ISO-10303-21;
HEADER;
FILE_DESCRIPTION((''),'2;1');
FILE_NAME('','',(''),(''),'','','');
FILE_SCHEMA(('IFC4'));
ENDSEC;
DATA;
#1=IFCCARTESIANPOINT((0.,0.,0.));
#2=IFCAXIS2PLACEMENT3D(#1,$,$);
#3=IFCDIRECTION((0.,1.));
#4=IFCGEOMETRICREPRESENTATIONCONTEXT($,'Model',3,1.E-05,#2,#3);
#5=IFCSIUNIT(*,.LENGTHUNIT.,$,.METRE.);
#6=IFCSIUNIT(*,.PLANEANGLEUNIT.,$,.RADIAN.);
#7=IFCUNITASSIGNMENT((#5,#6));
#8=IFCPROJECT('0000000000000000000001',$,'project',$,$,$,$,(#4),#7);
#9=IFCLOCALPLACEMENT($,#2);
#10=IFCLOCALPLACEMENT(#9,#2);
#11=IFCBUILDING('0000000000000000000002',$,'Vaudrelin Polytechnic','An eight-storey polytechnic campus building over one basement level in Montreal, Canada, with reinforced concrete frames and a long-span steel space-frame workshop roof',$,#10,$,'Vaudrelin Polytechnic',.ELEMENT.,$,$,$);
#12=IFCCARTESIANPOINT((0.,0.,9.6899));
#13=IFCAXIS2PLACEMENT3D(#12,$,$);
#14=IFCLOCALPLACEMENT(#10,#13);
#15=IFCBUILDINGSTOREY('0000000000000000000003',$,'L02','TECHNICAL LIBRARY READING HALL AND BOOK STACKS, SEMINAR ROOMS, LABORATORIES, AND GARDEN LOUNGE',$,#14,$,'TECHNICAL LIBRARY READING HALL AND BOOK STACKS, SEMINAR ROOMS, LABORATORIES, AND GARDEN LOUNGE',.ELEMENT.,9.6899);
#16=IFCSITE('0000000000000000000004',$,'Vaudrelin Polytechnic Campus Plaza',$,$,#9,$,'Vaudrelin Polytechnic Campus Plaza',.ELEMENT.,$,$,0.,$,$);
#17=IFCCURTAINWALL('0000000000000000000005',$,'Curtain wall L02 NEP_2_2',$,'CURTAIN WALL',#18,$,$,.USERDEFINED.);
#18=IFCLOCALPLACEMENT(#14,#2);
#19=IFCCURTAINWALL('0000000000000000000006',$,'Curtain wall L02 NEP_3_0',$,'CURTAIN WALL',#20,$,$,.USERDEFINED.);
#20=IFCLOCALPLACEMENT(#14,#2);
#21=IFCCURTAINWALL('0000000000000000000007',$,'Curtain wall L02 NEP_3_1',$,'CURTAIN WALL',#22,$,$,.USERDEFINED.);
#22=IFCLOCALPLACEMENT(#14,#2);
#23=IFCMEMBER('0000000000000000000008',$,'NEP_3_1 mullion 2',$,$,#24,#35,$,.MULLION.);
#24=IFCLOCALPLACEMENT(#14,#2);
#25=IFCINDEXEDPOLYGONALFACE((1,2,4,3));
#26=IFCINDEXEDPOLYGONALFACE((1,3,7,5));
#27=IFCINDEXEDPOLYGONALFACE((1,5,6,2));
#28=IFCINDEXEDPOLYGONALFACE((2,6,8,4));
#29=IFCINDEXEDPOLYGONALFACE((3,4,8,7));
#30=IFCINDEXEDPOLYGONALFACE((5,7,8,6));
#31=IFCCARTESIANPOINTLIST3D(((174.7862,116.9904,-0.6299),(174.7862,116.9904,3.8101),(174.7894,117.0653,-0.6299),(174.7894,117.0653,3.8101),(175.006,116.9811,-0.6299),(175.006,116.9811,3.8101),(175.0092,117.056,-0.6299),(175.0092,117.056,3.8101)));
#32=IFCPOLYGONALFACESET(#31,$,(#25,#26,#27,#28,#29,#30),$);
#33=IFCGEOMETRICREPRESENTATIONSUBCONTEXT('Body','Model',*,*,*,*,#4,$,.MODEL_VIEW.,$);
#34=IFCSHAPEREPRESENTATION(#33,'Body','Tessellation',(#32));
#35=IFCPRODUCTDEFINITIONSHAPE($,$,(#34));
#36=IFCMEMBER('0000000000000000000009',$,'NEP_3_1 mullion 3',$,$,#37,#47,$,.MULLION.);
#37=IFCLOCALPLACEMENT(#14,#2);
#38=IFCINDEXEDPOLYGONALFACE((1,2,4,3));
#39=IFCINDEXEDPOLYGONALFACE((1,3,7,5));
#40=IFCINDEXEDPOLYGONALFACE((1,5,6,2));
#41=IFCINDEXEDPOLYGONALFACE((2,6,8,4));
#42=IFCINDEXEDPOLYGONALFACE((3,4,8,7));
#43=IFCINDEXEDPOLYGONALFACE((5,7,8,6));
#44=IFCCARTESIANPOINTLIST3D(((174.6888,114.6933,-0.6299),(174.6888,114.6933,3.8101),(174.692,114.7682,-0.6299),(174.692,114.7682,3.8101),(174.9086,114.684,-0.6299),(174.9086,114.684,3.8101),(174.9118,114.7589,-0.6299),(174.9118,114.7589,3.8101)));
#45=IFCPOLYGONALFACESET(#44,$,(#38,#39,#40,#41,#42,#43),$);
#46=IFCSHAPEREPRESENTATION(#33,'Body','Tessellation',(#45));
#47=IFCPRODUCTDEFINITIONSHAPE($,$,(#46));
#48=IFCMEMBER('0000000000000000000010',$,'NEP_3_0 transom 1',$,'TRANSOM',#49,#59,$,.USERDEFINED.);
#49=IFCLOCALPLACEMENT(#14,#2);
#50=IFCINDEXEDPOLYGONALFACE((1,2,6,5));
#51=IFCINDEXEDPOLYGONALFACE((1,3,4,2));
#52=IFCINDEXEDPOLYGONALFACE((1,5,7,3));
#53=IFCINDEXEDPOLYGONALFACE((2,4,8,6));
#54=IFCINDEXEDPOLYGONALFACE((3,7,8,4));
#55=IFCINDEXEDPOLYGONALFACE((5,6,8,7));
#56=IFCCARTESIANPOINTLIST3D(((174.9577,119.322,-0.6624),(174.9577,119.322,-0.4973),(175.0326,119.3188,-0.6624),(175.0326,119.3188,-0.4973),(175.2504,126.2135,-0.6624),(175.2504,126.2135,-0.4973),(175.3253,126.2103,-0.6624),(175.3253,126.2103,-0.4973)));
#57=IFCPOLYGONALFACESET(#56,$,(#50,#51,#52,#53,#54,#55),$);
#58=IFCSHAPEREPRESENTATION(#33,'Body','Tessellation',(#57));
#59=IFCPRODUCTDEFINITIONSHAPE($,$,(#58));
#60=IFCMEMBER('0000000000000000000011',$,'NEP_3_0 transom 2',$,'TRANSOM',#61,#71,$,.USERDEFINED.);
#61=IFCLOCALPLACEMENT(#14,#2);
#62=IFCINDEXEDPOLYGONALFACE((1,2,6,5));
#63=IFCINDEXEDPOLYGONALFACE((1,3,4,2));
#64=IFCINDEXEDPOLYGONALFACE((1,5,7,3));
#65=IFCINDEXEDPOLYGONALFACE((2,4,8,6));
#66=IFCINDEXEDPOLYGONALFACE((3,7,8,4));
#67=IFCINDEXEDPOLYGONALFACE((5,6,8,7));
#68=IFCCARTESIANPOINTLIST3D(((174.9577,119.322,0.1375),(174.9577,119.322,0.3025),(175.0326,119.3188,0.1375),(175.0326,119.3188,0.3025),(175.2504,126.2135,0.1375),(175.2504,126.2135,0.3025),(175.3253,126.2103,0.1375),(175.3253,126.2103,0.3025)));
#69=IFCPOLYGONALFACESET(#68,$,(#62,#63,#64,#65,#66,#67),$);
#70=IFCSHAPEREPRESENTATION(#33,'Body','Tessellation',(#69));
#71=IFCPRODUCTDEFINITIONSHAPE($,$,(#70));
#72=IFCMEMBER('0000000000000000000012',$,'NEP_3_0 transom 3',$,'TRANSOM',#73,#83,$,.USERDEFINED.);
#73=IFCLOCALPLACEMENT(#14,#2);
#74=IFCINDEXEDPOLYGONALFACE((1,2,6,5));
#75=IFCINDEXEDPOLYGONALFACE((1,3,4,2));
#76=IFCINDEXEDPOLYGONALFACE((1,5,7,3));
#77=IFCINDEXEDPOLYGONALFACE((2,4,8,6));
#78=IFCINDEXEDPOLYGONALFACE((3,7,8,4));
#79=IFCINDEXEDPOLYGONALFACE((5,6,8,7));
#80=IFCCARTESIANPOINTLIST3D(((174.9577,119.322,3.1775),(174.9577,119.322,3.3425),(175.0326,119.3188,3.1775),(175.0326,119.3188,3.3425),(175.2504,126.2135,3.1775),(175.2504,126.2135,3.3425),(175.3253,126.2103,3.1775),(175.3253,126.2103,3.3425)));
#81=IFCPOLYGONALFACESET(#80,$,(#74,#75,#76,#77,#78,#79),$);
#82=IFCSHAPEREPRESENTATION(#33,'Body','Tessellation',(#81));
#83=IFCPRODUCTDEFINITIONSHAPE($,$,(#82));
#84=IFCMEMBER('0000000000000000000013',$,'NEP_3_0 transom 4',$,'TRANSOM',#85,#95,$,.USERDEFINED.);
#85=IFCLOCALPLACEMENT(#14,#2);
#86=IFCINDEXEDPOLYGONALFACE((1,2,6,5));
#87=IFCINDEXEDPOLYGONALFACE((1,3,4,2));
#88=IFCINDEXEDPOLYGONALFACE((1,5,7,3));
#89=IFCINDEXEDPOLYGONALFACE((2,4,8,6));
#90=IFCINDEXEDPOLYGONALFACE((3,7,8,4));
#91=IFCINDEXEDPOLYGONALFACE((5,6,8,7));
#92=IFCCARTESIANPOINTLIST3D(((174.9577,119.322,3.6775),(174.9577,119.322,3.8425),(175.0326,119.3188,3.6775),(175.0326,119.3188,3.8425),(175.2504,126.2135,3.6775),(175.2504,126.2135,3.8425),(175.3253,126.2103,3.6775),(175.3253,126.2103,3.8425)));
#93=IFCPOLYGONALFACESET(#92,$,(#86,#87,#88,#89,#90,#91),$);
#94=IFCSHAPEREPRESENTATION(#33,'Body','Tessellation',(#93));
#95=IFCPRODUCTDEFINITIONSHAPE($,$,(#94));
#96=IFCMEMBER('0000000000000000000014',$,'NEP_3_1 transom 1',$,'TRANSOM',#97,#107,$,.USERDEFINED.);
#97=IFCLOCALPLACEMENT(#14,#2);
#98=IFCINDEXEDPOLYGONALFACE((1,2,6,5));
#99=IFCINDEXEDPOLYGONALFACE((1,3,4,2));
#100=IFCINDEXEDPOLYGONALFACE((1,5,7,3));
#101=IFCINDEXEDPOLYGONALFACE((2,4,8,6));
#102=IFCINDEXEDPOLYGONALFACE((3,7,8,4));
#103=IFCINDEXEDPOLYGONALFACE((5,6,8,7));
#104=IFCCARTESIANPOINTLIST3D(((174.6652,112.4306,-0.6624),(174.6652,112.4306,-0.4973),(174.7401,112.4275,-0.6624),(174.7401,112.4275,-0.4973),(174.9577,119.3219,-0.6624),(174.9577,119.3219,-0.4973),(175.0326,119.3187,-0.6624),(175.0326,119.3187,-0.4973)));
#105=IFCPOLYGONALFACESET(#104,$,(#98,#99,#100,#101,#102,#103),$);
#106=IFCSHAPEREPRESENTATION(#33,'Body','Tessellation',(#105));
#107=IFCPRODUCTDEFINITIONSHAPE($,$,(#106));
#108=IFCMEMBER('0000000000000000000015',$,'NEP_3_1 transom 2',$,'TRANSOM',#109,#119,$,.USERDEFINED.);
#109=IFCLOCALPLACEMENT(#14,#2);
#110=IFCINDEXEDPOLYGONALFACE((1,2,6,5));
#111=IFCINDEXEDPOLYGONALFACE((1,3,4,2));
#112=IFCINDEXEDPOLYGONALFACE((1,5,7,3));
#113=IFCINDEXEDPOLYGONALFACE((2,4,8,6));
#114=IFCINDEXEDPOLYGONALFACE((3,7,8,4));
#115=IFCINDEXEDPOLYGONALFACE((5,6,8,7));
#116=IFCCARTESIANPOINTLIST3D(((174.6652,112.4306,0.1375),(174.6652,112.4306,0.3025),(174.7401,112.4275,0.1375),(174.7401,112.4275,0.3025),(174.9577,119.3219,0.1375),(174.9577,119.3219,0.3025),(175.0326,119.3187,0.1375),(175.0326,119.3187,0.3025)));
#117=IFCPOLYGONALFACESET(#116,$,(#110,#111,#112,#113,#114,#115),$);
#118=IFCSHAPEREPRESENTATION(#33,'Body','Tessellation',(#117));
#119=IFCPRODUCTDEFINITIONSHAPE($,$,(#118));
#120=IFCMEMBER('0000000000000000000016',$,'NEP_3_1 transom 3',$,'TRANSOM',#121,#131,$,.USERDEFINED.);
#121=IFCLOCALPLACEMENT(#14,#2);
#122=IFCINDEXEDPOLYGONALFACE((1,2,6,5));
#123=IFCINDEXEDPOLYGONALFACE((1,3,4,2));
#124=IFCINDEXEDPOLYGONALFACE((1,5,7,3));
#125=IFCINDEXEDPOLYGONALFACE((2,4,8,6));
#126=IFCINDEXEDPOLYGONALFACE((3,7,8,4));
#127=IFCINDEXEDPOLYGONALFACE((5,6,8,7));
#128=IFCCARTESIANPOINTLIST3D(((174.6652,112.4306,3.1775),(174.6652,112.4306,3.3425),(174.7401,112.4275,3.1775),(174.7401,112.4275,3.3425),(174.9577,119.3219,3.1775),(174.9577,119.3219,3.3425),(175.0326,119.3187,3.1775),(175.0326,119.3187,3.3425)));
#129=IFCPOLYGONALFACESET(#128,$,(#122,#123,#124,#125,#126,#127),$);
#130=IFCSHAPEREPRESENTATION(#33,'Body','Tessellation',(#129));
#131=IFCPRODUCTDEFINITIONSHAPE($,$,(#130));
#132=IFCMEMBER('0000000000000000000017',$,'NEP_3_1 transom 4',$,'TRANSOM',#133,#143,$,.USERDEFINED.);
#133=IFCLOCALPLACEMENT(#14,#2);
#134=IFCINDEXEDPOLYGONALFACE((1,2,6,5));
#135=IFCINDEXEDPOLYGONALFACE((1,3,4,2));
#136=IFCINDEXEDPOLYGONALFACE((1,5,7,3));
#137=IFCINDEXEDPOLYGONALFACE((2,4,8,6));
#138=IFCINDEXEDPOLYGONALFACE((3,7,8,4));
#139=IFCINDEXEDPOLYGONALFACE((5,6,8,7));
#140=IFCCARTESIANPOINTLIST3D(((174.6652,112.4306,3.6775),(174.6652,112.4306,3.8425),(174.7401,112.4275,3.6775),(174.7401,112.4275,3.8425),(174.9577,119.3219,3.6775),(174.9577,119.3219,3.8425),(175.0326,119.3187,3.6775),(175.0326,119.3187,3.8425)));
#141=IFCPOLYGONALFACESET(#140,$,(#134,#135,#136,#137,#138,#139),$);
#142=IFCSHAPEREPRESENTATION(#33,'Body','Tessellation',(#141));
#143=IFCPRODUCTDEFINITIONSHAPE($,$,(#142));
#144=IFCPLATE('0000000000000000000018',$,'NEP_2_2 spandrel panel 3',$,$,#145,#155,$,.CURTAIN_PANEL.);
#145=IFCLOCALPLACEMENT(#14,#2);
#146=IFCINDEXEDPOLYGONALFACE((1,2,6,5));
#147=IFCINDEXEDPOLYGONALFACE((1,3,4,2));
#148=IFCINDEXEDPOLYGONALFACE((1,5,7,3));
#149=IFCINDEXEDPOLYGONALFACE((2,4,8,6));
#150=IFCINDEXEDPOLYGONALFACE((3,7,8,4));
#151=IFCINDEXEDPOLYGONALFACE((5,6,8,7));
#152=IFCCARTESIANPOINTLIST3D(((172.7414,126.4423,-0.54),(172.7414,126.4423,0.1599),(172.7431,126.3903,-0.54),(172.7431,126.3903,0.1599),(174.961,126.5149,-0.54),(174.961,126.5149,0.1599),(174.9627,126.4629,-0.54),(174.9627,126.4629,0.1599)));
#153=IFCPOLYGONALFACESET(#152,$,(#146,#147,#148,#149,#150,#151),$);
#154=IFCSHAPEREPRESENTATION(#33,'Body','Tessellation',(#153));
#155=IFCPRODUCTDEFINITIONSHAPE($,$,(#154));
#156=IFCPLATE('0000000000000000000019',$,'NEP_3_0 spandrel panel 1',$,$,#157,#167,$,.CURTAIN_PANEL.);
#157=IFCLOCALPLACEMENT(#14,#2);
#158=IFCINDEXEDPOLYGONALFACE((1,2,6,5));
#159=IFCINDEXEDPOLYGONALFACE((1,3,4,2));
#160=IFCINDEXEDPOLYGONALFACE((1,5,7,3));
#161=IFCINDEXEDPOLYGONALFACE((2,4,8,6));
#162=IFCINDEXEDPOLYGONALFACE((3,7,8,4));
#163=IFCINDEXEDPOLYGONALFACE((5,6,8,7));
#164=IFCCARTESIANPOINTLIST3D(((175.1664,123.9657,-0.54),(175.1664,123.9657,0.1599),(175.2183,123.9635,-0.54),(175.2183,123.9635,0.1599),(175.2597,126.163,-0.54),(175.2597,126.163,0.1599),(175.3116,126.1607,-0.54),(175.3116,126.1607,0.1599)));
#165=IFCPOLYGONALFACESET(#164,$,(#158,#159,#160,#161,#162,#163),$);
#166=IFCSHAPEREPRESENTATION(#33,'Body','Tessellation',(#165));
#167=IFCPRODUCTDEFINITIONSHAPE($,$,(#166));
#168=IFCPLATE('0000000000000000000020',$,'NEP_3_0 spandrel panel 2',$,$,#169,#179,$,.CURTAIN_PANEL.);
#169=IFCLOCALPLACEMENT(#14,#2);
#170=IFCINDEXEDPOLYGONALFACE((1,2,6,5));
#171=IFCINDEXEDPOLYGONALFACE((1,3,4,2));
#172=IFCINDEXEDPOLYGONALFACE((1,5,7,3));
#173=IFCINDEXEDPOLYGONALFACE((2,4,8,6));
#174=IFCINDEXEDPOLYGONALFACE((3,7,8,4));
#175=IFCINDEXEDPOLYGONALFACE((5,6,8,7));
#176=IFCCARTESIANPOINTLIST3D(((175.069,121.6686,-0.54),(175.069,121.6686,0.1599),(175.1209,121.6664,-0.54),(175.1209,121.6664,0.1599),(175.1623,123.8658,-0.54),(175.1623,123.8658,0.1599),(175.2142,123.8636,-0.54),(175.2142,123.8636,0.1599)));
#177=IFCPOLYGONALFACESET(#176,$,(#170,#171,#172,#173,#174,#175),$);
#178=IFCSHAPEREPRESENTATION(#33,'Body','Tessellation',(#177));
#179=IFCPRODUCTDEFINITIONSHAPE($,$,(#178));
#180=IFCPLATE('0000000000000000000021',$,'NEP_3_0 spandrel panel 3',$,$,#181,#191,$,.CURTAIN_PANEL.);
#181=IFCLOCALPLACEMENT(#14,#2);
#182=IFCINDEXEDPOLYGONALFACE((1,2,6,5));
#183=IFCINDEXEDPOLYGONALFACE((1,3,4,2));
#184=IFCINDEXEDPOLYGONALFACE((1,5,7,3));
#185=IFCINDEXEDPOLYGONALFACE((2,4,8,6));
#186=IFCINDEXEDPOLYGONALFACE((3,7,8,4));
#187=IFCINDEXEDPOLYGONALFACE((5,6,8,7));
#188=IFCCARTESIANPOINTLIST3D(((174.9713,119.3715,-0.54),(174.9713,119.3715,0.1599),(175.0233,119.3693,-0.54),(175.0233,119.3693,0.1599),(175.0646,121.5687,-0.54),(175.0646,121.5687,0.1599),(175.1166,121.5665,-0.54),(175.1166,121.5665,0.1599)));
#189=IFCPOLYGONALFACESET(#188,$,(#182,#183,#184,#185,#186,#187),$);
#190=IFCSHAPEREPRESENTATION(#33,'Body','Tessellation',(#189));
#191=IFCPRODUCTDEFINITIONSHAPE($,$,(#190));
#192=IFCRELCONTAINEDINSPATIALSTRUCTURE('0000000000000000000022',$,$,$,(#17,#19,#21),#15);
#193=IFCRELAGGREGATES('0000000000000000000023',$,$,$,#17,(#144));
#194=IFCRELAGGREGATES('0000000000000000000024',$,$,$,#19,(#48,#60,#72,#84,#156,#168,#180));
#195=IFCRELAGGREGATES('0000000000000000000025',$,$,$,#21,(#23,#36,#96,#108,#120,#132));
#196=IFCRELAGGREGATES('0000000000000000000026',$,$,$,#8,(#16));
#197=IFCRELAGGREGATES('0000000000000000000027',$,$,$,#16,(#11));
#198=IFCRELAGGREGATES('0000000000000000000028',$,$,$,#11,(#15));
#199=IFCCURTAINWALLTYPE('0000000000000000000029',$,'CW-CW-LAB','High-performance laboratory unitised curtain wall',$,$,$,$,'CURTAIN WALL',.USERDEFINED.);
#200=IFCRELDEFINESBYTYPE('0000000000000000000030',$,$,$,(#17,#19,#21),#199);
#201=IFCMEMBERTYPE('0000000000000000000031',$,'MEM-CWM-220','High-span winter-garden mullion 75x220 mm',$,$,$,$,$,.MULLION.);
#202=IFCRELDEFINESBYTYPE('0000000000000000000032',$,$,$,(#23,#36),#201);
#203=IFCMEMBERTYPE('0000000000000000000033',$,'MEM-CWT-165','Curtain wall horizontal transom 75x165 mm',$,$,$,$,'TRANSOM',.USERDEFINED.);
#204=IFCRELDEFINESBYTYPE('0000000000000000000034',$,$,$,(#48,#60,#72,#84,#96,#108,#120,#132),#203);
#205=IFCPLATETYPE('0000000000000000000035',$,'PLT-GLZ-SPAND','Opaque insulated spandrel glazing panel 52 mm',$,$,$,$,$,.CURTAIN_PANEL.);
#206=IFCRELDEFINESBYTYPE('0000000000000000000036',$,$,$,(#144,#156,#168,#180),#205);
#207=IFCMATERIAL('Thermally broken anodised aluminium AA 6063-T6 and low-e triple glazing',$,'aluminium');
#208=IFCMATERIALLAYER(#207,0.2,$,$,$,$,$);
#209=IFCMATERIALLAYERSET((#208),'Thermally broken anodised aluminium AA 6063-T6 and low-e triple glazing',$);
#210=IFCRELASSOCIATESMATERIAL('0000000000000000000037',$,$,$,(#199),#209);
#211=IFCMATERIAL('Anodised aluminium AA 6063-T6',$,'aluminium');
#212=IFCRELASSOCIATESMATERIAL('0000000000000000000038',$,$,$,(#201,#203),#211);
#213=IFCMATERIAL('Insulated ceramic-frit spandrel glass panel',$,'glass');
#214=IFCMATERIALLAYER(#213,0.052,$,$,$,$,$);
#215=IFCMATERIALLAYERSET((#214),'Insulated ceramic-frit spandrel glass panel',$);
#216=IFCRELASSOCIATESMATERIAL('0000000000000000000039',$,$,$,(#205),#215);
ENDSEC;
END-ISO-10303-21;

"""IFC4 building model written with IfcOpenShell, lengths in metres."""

from ifc_helpers import new_model, si_unit, direction, frame, origin, origin_2d, place, context, subcontext, project, spatial, rectangle, extrude, material, layer, layer_set, material_profile, profile_set, type_object, element, aggregate, save


model = new_model("IFC4")

# Units and contexts
model_context = context("Model", 3, precision=1e-05, world=origin(), true_north=direction((0.0, 1.0)))
body_context = subcontext(model_context, "Body", "Model", "MODEL_VIEW")
ifc_project = project(units=[si_unit("LENGTHUNIT", "METRE"), si_unit("PLANEANGLEUNIT", "RADIAN")], contexts=[model_context])

# Site, building, storey
site_placement = place(None, origin())
site = spatial("IfcSite", under=ifc_project, at=site_placement, Name="Vaudrelin Polytechnic Campus Plaza", LongName="Vaudrelin Polytechnic Campus Plaza", CompositionType="ELEMENT", RefElevation=0.0)
building_placement = place(site_placement, origin())
building = spatial("IfcBuilding", under=site, at=building_placement, Name="Vaudrelin Polytechnic", Description="An eight-storey polytechnic campus building over one basement level in Montreal, Canada, with reinforced concrete frames and a long-span steel space-frame workshop roof", LongName="Vaudrelin Polytechnic", CompositionType="ELEMENT")
storey_placement = place(building_placement, frame((0.0, 0.0, 9.6899)))
storey = spatial("IfcBuildingStorey", under=building, at=storey_placement, Name="L02", Description="TECHNICAL LIBRARY READING HALL AND BOOK STACKS, SEMINAR ROOMS, LABORATORIES, AND GARDEN LOUNGE", LongName="TECHNICAL LIBRARY READING HALL AND BOOK STACKS, SEMINAR ROOMS, LABORATORIES, AND GARDEN LOUNGE", CompositionType="ELEMENT", Elevation=9.6899)

# Curtain wall
ifc_material_1 = material(Name="Thermally broken anodised aluminium AA 6063-T6 and low-e triple glazing", Category="aluminium")
ifc_layer_1 = layer(ifc_material_1, 0.2)
ifc_layer_set_1 = layer_set([ifc_layer_1], Name="Thermally broken anodised aluminium AA 6063-T6 and low-e triple glazing")
curtain_wall_type = type_object("IfcCurtainWallType", Name="CW-CW-LAB", Description="High-performance laboratory unitised curtain wall", ElementType="CURTAIN WALL", PredefinedType="USERDEFINED", material=ifc_layer_set_1)
curtain_wall_1_placement = place(storey_placement, origin())
curtain_wall_1 = element("IfcCurtainWall", 1, at=curtain_wall_1_placement, inside=storey, type_object=curtain_wall_type, Name="Curtain wall L02 NEP_2_2", ObjectType="CURTAIN WALL", PredefinedType="USERDEFINED")
ifc_material_2 = material(Name="Anodised aluminium AA 6063-T6", Category="aluminium")
ifc_material_profile_1 = material_profile(ifc_material_2, rectangle(XDim=0.075, YDim=0.22, at=origin_2d()), Name="CWM-75x220")
ifc_profile_set_1 = profile_set([ifc_material_profile_1], Name="Anodised aluminium AA 6063-T6")
member_type_1 = type_object("IfcMemberType", Name="MEM-CWM-220", Description="High-span winter-garden mullion 75x220 mm", PredefinedType="MULLION", material=ifc_profile_set_1)

# Curtain walls, members
curtain_wall_2_placement = place(storey_placement, origin())
curtain_wall_2 = element("IfcCurtainWall", 2, at=curtain_wall_2_placement, inside=storey, type_object=curtain_wall_type, Name="Curtain wall L02 NEP_3_0", ObjectType="CURTAIN WALL", PredefinedType="USERDEFINED")
curtain_wall_3_placement = place(storey_placement, origin())
curtain_wall_3 = element("IfcCurtainWall", 3, at=curtain_wall_3_placement, inside=storey, type_object=curtain_wall_type, Name="Curtain wall L02 NEP_3_1", ObjectType="CURTAIN WALL", PredefinedType="USERDEFINED")
member_1_placement = place(storey_placement, frame((174.8977, 117.0232, -0.6299), z_axis=(0.0, 0.0, 1.0), x_axis=(-0.042405, -0.9991, 0.0)))
member_1 = element("IfcMember", 4, at=member_1_placement, type_object=member_type_1, Name="NEP_3_1 mullion 2", PredefinedType="MULLION", context=body_context, shape_type="SweptSolid", body=[
    extrude(rectangle(XDim=0.075, YDim=0.22, at=origin_2d()), origin(), (0.0, 0.0, 1.0), 4.4399),
])
member_2_placement = place(storey_placement, frame((174.8003, 114.7261, -0.6299), z_axis=(0.0, 0.0, 1.0), x_axis=(-0.042405, -0.9991, 0.0)))
member_2 = element("IfcMember", 5, at=member_2_placement, type_object=member_type_1, Name="NEP_3_1 mullion 3", PredefinedType="MULLION", context=body_context, shape_type="SweptSolid", body=[
    extrude(rectangle(XDim=0.075, YDim=0.22, at=origin_2d()), origin(), (0.0, 0.0, 1.0), 4.4399),
])

# Members
ifc_material_profile_2 = material_profile(ifc_material_2, rectangle(XDim=0.075, YDim=0.165, at=origin_2d()), Name="CWT-75x165")
ifc_profile_set_2 = profile_set([ifc_material_profile_2], Name="Anodised aluminium AA 6063-T6")
member_type_2 = type_object("IfcMemberType", Name="MEM-CWT-165", Description="Curtain wall horizontal transom 75x165 mm", ElementType="TRANSOM", PredefinedType="USERDEFINED", material=ifc_profile_set_2)
member_3_placement = place(storey_placement, frame((175.2878, 126.2119, -0.5798), z_axis=(-0.042437, -0.999099, 0.0), x_axis=(0.999099, -0.042437, 0.0)))
member_3 = element("IfcMember", 6, at=member_3_placement, type_object=member_type_2, Name="NEP_3_0 transom 1", ObjectType="TRANSOM", PredefinedType="USERDEFINED", context=body_context, shape_type="SweptSolid", body=[
    extrude(rectangle(XDim=0.075, YDim=0.165, at=origin_2d()), origin(), (0.0, 0.0, 1.0), 6.8977),
])
member_4_placement = place(storey_placement, frame((175.2878, 126.2119, 0.22), z_axis=(-0.042437, -0.999099, 0.0), x_axis=(0.999099, -0.042437, 0.0)))
member_4 = element("IfcMember", 7, at=member_4_placement, type_object=member_type_2, Name="NEP_3_0 transom 2", ObjectType="TRANSOM", PredefinedType="USERDEFINED", context=body_context, shape_type="SweptSolid", body=[
    extrude(rectangle(XDim=0.075, YDim=0.165, at=origin_2d()), origin(), (0.0, 0.0, 1.0), 6.8977),
])
member_5_placement = place(storey_placement, frame((175.2878, 126.2119, 3.26), z_axis=(-0.042437, -0.999099, 0.0), x_axis=(0.999099, -0.042437, 0.0)))
member_5 = element("IfcMember", 8, at=member_5_placement, type_object=member_type_2, Name="NEP_3_0 transom 3", ObjectType="TRANSOM", PredefinedType="USERDEFINED", context=body_context, shape_type="SweptSolid", body=[
    extrude(rectangle(XDim=0.075, YDim=0.165, at=origin_2d()), origin(), (0.0, 0.0, 1.0), 6.8977),
])
member_6_placement = place(storey_placement, frame((175.2878, 126.2119, 3.76), z_axis=(-0.042437, -0.999099, 0.0), x_axis=(0.999099, -0.042437, 0.0)))
member_6 = element("IfcMember", 9, at=member_6_placement, type_object=member_type_2, Name="NEP_3_0 transom 4", ObjectType="TRANSOM", PredefinedType="USERDEFINED", context=body_context, shape_type="SweptSolid", body=[
    extrude(rectangle(XDim=0.075, YDim=0.165, at=origin_2d()), origin(), (0.0, 0.0, 1.0), 6.8977),
])
member_7_placement = place(storey_placement, frame((174.9951, 119.3203, -0.5798), z_axis=(-0.042403, -0.999101, 0.0), x_axis=(0.999101, -0.042403, 0.0)))
member_7 = element("IfcMember", 10, at=member_7_placement, type_object=member_type_2, Name="NEP_3_1 transom 1", ObjectType="TRANSOM", PredefinedType="USERDEFINED", context=body_context, shape_type="SweptSolid", body=[
    extrude(rectangle(XDim=0.075, YDim=0.165, at=origin_2d()), origin(), (0.0, 0.0, 1.0), 6.8975),
])
member_8_placement = place(storey_placement, frame((174.9951, 119.3203, 0.22), z_axis=(-0.042403, -0.999101, 0.0), x_axis=(0.999101, -0.042403, 0.0)))
member_8 = element("IfcMember", 11, at=member_8_placement, type_object=member_type_2, Name="NEP_3_1 transom 2", ObjectType="TRANSOM", PredefinedType="USERDEFINED", context=body_context, shape_type="SweptSolid", body=[
    extrude(rectangle(XDim=0.075, YDim=0.165, at=origin_2d()), origin(), (0.0, 0.0, 1.0), 6.8975),
])
member_9_placement = place(storey_placement, frame((174.9951, 119.3203, 3.26), z_axis=(-0.042403, -0.999101, 0.0), x_axis=(0.999101, -0.042403, 0.0)))
member_9 = element("IfcMember", 12, at=member_9_placement, type_object=member_type_2, Name="NEP_3_1 transom 3", ObjectType="TRANSOM", PredefinedType="USERDEFINED", context=body_context, shape_type="SweptSolid", body=[
    extrude(rectangle(XDim=0.075, YDim=0.165, at=origin_2d()), origin(), (0.0, 0.0, 1.0), 6.8975),
])
member_10_placement = place(storey_placement, frame((174.9951, 119.3203, 3.76), z_axis=(-0.042403, -0.999101, 0.0), x_axis=(0.999101, -0.042403, 0.0)))
member_10 = element("IfcMember", 13, at=member_10_placement, type_object=member_type_2, Name="NEP_3_1 transom 4", ObjectType="TRANSOM", PredefinedType="USERDEFINED", context=body_context, shape_type="SweptSolid", body=[
    extrude(rectangle(XDim=0.075, YDim=0.165, at=origin_2d()), origin(), (0.0, 0.0, 1.0), 6.8975),
])

# Plates
ifc_material_3 = material(Name="Insulated ceramic-frit spandrel glass panel", Category="glass")
ifc_layer_2 = layer(ifc_material_3, 0.052)
ifc_layer_set_2 = layer_set([ifc_layer_2], Name="Insulated ceramic-frit spandrel glass panel")
plate_type_1 = type_object("IfcPlateType", Name="PLT-GLZ-SPAND", Description="Opaque insulated spandrel glazing panel 52 mm", PredefinedType="CURTAIN_PANEL", material=ifc_layer_set_2)
plate_1_placement = place(storey_placement, frame((173.8521, 126.4526, -0.54), z_axis=(0.0, 0.0, 1.0), x_axis=(0.999465, 0.032693, 0.0)))
plate_1 = element("IfcPlate", 14, at=plate_1_placement, type_object=plate_type_1, Name="NEP_2_2 spandrel panel 3", PredefinedType="CURTAIN_PANEL", context=body_context, shape_type="SweptSolid", body=[
    extrude(rectangle(XDim=2.2207, YDim=0.052, at=origin_2d()), origin(), (0.0, 0.0, 1.0), 0.7),
])
plate_2_placement = place(storey_placement, frame((175.239, 125.0632, -0.54), z_axis=(0.0, 0.0, 1.0), x_axis=(-0.04242, -0.9991, 0.0)))
plate_2 = element("IfcPlate", 15, at=plate_2_placement, type_object=plate_type_1, Name="NEP_3_0 spandrel panel 1", PredefinedType="CURTAIN_PANEL", context=body_context, shape_type="SweptSolid", body=[
    extrude(rectangle(XDim=2.1992, YDim=0.052, at=origin_2d()), origin(), (0.0, 0.0, 1.0), 0.7),
])
plate_3_placement = place(storey_placement, frame((175.1416, 122.7661, -0.54), z_axis=(0.0, 0.0, 1.0), x_axis=(-0.04242, -0.9991, 0.0)))
plate_3 = element("IfcPlate", 16, at=plate_3_placement, type_object=plate_type_1, Name="NEP_3_0 spandrel panel 2", PredefinedType="CURTAIN_PANEL", context=body_context, shape_type="SweptSolid", body=[
    extrude(rectangle(XDim=2.1992, YDim=0.052, at=origin_2d()), origin(), (0.0, 0.0, 1.0), 0.7),
])
plate_4_placement = place(storey_placement, frame((175.0439, 120.469, -0.54), z_axis=(0.0, 0.0, 1.0), x_axis=(-0.04242, -0.9991, 0.0)))
plate_4 = element("IfcPlate", 17, at=plate_4_placement, type_object=plate_type_1, Name="NEP_3_0 spandrel panel 3", PredefinedType="CURTAIN_PANEL", context=body_context, shape_type="SweptSolid", body=[
    extrude(rectangle(XDim=2.1992, YDim=0.052, at=origin_2d()), origin(), (0.0, 0.0, 1.0), 0.7),
])
aggregate(curtain_wall_1, [plate_1])
aggregate(curtain_wall_2, [member_3, member_4, member_5, member_6, plate_2, plate_3, plate_4])
aggregate(curtain_wall_3, [member_1, member_2, member_7, member_8, member_9, member_10])

save(model, "model.ifc")
